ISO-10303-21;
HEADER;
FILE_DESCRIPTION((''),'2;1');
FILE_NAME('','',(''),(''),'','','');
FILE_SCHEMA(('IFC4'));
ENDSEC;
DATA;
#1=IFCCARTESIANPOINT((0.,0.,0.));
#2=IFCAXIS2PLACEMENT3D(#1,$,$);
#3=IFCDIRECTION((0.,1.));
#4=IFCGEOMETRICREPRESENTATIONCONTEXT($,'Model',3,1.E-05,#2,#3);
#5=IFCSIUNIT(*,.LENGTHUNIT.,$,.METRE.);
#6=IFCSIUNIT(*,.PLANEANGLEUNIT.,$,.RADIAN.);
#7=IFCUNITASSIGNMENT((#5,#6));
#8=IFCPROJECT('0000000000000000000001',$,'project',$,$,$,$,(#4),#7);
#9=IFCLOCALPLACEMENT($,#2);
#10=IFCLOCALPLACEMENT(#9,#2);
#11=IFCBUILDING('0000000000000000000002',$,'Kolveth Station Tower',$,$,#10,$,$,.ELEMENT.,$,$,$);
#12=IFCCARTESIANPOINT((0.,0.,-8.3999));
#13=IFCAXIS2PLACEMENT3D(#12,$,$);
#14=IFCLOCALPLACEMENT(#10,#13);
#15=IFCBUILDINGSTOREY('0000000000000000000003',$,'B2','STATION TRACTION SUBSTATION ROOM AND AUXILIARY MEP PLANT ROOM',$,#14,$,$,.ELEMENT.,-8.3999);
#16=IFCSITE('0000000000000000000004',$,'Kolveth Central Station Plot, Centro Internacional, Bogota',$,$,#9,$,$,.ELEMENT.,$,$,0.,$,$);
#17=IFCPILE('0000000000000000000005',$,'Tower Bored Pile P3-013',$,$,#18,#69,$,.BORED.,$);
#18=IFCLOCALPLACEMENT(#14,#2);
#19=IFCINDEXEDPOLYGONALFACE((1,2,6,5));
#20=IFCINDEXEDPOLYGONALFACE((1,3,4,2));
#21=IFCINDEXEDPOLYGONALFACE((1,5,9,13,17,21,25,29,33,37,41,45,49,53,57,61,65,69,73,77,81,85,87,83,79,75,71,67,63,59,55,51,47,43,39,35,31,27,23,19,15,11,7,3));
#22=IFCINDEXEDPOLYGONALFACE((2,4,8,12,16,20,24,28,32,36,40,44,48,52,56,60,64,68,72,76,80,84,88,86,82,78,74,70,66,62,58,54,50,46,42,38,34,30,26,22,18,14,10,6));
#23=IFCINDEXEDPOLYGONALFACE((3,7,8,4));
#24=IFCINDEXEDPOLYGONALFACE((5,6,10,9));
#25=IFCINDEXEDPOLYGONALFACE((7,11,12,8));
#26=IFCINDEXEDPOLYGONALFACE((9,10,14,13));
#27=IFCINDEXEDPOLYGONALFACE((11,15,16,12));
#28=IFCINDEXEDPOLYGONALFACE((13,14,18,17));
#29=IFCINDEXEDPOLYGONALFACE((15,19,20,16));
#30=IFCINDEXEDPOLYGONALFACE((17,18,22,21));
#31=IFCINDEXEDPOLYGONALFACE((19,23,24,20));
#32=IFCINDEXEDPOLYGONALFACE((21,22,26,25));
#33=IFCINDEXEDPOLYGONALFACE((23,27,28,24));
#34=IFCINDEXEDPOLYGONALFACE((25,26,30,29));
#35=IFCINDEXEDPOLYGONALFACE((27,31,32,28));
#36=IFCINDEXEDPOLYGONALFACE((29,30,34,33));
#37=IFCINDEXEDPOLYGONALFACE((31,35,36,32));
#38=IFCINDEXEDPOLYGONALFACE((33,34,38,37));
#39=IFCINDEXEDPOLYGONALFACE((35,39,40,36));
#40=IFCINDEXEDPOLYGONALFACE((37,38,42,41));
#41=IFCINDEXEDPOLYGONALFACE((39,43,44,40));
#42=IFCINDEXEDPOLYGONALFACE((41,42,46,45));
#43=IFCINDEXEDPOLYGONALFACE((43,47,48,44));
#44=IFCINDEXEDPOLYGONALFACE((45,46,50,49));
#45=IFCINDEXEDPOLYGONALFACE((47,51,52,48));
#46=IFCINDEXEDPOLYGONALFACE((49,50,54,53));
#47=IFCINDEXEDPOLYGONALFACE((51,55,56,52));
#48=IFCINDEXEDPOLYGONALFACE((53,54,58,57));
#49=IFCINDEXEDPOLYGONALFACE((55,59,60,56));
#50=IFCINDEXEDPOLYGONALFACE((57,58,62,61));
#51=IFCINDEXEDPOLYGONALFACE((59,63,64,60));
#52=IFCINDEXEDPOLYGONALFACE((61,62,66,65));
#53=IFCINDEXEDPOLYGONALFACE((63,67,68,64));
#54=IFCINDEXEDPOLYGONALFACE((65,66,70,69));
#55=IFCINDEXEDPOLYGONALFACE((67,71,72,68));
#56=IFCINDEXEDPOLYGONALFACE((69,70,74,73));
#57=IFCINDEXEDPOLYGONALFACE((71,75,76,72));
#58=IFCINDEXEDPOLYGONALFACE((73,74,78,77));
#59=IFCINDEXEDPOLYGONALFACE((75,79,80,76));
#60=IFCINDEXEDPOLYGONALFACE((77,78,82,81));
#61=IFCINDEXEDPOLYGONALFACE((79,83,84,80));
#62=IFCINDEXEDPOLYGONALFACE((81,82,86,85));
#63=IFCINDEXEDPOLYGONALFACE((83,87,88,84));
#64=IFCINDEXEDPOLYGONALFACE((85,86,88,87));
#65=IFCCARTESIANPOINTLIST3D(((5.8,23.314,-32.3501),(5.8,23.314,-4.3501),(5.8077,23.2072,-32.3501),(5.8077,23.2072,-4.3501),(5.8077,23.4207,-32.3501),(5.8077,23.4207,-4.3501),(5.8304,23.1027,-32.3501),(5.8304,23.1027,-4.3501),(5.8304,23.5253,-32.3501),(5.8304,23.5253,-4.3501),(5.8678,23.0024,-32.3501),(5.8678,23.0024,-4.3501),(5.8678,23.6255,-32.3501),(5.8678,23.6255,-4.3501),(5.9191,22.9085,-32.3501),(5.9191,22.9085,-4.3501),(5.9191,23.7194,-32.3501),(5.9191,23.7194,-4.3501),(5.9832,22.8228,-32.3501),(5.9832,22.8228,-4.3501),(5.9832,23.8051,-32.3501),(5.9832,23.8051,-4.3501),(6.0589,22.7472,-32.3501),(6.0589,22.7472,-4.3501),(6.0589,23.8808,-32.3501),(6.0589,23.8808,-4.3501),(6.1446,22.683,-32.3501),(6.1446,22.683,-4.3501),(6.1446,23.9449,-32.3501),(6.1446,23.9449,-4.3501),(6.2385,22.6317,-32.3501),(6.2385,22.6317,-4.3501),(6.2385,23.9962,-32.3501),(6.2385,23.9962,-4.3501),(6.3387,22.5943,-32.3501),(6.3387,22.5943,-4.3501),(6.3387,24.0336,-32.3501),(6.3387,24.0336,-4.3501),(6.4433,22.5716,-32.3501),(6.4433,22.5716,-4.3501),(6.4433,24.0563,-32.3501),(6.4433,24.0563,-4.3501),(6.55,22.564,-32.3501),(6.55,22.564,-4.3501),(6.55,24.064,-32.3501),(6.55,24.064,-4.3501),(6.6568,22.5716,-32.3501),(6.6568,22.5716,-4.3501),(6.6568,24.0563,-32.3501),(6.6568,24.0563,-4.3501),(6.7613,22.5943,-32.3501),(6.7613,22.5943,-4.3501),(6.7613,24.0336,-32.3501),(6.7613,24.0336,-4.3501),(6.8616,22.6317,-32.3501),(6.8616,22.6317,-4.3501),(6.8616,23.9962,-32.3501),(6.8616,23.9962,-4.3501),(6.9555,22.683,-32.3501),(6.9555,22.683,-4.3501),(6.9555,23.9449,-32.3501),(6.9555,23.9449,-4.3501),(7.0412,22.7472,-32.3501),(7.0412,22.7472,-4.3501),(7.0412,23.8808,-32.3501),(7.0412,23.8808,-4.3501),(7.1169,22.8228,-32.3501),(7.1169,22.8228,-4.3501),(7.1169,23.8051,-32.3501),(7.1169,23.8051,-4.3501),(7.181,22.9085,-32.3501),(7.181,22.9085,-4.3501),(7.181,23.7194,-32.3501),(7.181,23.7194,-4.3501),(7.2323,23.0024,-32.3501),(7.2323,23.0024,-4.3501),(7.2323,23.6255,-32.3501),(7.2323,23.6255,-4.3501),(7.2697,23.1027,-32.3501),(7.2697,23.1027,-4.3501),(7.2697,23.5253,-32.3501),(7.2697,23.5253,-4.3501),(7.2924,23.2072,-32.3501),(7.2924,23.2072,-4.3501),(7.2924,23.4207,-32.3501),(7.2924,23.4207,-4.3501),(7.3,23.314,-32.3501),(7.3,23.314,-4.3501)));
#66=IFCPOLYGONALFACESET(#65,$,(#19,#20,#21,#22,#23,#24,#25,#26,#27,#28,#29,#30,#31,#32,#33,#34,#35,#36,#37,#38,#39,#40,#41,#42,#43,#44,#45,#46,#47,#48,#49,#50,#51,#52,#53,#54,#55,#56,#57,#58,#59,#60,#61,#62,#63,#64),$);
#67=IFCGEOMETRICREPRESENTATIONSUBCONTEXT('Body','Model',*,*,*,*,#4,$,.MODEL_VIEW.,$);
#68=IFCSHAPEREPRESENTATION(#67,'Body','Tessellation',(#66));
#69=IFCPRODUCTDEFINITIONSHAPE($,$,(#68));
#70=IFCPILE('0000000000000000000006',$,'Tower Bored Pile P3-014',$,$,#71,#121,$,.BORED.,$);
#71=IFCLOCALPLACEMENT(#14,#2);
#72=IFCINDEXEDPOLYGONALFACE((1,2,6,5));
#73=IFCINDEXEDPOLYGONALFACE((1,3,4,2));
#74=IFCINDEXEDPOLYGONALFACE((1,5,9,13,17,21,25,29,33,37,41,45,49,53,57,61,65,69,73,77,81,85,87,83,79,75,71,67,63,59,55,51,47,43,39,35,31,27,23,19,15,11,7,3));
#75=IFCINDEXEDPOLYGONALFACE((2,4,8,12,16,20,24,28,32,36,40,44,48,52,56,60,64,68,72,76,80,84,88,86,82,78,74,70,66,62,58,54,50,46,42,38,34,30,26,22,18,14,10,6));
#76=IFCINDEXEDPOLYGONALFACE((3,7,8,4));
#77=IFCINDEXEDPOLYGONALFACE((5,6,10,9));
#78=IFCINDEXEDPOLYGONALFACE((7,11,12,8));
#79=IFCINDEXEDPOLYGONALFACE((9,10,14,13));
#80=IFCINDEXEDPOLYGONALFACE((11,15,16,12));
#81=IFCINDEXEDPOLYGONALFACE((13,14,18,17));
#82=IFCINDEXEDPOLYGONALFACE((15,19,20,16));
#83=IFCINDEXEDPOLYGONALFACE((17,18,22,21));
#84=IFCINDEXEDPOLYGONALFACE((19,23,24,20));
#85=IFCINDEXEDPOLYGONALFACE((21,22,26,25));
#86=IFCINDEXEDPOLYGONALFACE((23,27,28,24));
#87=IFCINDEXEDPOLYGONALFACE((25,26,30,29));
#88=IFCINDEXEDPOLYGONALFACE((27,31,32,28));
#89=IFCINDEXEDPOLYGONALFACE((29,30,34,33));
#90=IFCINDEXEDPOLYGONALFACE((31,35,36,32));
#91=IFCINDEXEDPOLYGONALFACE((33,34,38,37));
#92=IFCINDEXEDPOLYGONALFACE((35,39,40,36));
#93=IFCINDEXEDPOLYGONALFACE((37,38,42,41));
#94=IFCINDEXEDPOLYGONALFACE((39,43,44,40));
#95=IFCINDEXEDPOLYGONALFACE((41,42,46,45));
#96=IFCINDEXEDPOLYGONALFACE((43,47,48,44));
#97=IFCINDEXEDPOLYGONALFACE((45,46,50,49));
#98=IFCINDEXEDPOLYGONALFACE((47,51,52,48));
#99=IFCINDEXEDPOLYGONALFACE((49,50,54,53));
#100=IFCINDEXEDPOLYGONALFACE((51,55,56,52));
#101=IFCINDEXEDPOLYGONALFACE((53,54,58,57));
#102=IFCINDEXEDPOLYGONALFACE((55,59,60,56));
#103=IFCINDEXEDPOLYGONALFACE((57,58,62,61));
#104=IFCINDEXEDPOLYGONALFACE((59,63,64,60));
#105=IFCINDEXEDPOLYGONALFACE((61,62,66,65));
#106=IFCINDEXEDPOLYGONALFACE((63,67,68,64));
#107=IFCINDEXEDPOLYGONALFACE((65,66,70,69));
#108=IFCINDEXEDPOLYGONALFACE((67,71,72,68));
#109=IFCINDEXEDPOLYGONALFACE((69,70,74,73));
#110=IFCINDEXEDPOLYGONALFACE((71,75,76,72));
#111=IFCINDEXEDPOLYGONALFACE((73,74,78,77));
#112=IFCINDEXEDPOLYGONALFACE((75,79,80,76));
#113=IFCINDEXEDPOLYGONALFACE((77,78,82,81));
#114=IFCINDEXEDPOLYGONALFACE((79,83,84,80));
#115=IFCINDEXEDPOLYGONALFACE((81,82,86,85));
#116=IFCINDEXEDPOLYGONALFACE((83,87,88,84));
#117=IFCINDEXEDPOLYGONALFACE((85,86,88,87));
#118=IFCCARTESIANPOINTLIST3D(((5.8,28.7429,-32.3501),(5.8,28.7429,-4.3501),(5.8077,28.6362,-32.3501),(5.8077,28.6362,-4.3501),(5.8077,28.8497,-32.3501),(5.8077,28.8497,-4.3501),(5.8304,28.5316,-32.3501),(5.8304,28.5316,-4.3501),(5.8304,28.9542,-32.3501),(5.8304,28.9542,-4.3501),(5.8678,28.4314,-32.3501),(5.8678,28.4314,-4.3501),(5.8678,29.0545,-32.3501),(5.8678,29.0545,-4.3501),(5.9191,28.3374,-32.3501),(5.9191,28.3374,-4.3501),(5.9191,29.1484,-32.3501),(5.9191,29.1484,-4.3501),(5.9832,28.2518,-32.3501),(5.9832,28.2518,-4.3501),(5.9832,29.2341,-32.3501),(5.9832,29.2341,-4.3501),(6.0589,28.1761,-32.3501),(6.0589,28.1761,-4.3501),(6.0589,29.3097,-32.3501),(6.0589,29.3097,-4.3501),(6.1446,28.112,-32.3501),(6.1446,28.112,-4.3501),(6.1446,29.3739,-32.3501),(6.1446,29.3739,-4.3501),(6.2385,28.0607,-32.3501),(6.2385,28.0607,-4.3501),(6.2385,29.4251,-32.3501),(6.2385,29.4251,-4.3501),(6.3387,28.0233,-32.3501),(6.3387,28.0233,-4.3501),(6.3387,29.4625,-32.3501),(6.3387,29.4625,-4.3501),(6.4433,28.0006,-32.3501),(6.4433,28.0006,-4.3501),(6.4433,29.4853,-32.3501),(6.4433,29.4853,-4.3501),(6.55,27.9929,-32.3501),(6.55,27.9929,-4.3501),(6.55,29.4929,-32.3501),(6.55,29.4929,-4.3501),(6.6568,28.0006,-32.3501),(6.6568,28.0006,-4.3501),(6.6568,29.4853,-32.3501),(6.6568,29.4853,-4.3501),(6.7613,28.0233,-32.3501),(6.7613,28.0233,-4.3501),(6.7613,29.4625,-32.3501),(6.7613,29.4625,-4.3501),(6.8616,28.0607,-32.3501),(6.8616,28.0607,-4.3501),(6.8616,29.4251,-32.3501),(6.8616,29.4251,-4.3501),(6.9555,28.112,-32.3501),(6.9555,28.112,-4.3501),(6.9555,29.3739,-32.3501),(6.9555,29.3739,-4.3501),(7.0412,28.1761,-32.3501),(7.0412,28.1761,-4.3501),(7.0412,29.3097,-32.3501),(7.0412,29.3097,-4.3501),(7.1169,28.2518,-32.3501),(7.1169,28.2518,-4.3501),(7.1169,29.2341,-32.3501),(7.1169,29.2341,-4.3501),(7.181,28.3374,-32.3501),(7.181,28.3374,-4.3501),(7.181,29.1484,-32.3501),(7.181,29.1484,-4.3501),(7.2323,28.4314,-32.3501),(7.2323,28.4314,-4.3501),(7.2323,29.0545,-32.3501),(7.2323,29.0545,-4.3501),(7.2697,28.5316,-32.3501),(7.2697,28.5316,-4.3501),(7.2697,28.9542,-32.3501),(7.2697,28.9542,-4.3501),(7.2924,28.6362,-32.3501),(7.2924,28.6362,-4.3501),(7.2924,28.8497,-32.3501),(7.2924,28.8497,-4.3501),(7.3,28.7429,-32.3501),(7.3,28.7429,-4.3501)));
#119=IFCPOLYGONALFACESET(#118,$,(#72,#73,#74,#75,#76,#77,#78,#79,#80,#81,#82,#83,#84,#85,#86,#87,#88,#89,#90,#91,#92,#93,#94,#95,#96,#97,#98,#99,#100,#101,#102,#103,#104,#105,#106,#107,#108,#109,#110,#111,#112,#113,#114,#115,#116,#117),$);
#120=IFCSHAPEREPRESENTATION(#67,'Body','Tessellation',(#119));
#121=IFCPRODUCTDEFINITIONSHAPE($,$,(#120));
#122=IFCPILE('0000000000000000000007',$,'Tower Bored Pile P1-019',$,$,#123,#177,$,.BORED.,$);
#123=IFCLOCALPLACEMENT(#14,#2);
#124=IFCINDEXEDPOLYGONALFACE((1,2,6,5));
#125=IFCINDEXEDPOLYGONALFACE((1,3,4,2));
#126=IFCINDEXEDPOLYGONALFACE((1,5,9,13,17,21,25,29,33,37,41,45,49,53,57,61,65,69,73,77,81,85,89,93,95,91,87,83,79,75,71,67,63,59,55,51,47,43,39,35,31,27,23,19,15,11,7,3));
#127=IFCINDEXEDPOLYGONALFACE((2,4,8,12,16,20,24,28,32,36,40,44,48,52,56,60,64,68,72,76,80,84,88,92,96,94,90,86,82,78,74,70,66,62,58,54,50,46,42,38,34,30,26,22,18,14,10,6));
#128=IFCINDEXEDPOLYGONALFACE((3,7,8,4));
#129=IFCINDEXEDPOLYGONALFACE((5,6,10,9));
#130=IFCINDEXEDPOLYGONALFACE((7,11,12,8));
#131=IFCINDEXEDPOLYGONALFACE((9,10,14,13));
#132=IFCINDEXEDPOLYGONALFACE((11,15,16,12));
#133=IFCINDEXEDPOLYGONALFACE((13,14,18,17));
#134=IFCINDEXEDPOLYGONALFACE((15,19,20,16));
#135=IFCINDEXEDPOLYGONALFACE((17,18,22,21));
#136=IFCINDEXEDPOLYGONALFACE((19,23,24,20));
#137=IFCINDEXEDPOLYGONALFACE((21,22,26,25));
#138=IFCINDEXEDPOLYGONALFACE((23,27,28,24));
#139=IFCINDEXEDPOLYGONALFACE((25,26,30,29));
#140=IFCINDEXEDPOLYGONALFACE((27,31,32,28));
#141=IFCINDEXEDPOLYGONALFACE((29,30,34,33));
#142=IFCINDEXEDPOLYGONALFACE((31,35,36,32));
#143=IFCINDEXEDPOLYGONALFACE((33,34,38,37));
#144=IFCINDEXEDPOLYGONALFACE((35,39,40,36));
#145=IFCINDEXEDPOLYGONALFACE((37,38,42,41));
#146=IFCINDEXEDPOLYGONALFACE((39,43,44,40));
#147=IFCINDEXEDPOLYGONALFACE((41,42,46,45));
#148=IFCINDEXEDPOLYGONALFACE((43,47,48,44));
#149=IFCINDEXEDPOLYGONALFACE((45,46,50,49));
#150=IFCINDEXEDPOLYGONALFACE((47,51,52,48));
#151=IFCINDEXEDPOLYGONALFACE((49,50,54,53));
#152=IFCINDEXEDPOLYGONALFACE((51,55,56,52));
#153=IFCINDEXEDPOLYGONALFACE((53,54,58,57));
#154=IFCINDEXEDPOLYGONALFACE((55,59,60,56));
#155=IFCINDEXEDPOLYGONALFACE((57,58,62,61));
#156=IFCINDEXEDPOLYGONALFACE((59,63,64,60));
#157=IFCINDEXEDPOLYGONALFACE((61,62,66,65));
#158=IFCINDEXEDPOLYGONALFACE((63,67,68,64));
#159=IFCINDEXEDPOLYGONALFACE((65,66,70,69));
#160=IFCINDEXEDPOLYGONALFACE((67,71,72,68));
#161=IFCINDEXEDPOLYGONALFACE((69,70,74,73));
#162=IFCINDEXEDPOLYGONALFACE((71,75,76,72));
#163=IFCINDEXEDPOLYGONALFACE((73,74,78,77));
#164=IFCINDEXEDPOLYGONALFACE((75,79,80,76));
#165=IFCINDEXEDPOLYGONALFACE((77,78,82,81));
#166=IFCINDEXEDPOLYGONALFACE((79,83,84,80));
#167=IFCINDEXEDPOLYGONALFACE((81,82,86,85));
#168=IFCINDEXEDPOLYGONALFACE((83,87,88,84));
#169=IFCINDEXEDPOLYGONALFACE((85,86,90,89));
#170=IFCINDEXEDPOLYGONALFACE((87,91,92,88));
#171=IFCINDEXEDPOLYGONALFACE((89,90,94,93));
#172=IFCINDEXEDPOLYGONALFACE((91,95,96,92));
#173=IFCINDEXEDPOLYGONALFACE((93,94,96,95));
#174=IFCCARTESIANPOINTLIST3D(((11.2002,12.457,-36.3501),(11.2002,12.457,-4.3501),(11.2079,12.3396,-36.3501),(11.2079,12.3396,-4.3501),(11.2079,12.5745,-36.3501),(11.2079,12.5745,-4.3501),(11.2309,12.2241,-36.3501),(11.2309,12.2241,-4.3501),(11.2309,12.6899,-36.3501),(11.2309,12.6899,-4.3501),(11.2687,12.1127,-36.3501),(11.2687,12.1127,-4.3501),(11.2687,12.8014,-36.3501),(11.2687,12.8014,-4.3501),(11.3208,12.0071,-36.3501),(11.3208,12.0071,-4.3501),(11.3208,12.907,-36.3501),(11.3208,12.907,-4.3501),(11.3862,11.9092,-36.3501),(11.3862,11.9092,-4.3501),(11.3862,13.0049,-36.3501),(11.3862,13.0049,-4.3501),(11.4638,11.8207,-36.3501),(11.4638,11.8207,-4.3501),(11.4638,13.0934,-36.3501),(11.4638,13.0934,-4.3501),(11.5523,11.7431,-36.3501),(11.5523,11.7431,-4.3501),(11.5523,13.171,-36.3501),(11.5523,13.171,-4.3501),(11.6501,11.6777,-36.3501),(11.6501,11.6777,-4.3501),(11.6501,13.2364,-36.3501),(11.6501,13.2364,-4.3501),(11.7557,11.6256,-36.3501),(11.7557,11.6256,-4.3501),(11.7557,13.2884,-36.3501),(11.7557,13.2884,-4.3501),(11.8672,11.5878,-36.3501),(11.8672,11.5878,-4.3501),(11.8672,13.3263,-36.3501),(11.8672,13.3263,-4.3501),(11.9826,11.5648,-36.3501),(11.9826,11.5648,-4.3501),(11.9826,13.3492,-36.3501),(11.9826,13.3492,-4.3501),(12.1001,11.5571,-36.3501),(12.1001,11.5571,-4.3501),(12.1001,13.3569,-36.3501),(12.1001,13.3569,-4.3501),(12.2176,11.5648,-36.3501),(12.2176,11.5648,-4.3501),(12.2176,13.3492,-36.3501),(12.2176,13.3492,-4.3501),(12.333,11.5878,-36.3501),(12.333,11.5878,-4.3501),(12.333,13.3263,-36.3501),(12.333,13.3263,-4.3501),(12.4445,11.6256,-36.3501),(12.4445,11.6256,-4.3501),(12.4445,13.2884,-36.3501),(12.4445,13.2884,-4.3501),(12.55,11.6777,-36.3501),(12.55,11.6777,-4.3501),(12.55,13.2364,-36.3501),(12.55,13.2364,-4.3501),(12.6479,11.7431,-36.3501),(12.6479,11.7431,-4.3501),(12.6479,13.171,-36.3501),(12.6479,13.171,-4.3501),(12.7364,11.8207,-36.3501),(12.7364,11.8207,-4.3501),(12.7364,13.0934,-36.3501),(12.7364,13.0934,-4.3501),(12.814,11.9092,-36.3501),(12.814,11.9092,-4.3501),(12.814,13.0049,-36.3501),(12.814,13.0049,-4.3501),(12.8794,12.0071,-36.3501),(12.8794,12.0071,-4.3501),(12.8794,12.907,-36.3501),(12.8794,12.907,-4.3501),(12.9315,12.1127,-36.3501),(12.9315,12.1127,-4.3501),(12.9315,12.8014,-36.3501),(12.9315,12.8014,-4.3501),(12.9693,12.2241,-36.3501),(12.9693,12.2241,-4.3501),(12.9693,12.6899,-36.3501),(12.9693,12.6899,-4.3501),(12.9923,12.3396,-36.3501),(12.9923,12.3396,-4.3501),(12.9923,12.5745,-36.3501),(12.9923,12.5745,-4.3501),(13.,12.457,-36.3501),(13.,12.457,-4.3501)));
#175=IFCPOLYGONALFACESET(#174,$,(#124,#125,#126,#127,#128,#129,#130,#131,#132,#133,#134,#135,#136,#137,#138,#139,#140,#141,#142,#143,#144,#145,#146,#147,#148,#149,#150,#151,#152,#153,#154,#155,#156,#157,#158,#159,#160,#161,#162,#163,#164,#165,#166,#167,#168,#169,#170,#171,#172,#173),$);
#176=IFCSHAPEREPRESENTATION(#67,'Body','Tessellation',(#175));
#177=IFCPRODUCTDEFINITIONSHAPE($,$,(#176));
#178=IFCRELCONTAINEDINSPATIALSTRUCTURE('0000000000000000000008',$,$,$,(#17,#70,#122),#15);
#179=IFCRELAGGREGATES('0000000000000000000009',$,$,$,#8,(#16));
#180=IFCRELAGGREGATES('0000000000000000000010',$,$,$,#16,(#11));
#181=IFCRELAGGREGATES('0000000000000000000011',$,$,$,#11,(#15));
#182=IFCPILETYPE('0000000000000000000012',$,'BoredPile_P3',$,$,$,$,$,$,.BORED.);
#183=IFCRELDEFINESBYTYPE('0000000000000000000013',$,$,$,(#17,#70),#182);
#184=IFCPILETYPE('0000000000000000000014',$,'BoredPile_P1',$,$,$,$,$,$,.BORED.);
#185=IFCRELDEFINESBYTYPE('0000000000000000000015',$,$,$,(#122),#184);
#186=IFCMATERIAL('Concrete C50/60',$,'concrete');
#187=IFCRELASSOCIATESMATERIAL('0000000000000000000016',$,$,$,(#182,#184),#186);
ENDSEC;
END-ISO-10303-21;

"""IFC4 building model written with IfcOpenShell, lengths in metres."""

from ifc_helpers import new_model, si_unit, direction, frame, origin, origin_2d, place, context, subcontext, project, spatial, circle, extrude, source, transform, mapped, material, material_profile, profile_set, type_object, element, save


model = new_model("IFC4")

# Units and contexts
model_context = context("Model", 3, precision=1e-05, world=origin(), true_north=direction((0.0, 1.0)))
body_context = subcontext(model_context, "Body", "Model", "MODEL_VIEW")
ifc_project = project(units=[si_unit("LENGTHUNIT", "METRE"), si_unit("PLANEANGLEUNIT", "RADIAN")], contexts=[model_context])

# Site, building, storey
site_placement = place(None, origin())
site = spatial("IfcSite", under=ifc_project, at=site_placement, Name="Kolveth Central Station Plot, Centro Internacional, Bogota", CompositionType="ELEMENT", RefElevation=0.0)
building_placement = place(site_placement, origin())
building = spatial("IfcBuilding", under=site, at=building_placement, Name="Kolveth Station Tower", CompositionType="ELEMENT")
storey_placement = place(building_placement, frame((0.0, 0.0, -8.3999)))
storey = spatial("IfcBuildingStorey", under=building, at=storey_placement, Name="B2", Description="STATION TRACTION SUBSTATION ROOM AND AUXILIARY MEP PLANT ROOM", CompositionType="ELEMENT", Elevation=-8.3999)

# Piles
ifc_material_1 = material(Name="Concrete C50/60", Category="concrete")
ifc_material_profile_1 = material_profile(ifc_material_1, circle(Radius=0.75, at=origin_2d()), Name="PILE-D1500")
ifc_profile_set_1 = profile_set([ifc_material_profile_1], Name="Concrete C50/60")
pile_type_1 = type_object("IfcPileType", Name="BoredPile_P3", PredefinedType="BORED", material=ifc_profile_set_1)
shared_shape_1 = source(origin(), body_context, "Body", "SweptSolid", [
    extrude(circle(Radius=0.75, at=origin_2d()), origin(), (0.0, 0.0, 1.0), 28.0),
])
for number, where, z_axis, x_axis, name in (
    (1, (6.55, 23.314, -4.3501), (0.0, 0.0, -1.0), (1.0, 0.0, 0.0), "Tower Bored Pile P3-013"),
    (2, (6.55, 28.7429, -4.3501), (0.0, 0.0, -1.0), (1.0, 0.0, 0.0), "Tower Bored Pile P3-014"),
):
    element("IfcPile", number, at=place(storey_placement, frame(where, z_axis=z_axis, x_axis=x_axis)), inside=storey, type_object=pile_type_1, Name=name, PredefinedType="BORED", context=body_context, shape_type="MappedRepresentation", body=[
        mapped(shared_shape_1, transform((0.0, 0.0, 0.0), x_axis=(1.0, 0.0, 0.0), y_axis=(0.0, 1.0, 0.0), z_axis=(0.0, 0.0, 1.0), scale=1.0)),
    ])
ifc_material_profile_2 = material_profile(ifc_material_1, circle(Radius=0.8999, at=origin_2d()), Name="PILE-D1800")
ifc_profile_set_2 = profile_set([ifc_material_profile_2], Name="Concrete C50/60")
pile_type_2 = type_object("IfcPileType", Name="BoredPile_P1", PredefinedType="BORED", material=ifc_profile_set_2)
shared_shape_2 = source(origin(), body_context, "Body", "SweptSolid", [
    extrude(circle(Radius=0.8999, at=origin_2d()), origin(), (0.0, 0.0, 1.0), 32.0),
])
for number, where, z_axis, x_axis, name in (
    (3, (12.1001, 12.457, -4.3501), (0.0, 0.0, -1.0), (1.0, 0.0, 0.0), "Tower Bored Pile P1-019"),
):
    element("IfcPile", number, at=place(storey_placement, frame(where, z_axis=z_axis, x_axis=x_axis)), inside=storey, type_object=pile_type_2, Name=name, PredefinedType="BORED", context=body_context, shape_type="MappedRepresentation", body=[
        mapped(shared_shape_2, transform((0.0, 0.0, 0.0), x_axis=(1.0, 0.0, 0.0), y_axis=(0.0, 1.0, 0.0), z_axis=(0.0, 0.0, 1.0), scale=1.0)),
    ])

save(model, "model.ifc")
